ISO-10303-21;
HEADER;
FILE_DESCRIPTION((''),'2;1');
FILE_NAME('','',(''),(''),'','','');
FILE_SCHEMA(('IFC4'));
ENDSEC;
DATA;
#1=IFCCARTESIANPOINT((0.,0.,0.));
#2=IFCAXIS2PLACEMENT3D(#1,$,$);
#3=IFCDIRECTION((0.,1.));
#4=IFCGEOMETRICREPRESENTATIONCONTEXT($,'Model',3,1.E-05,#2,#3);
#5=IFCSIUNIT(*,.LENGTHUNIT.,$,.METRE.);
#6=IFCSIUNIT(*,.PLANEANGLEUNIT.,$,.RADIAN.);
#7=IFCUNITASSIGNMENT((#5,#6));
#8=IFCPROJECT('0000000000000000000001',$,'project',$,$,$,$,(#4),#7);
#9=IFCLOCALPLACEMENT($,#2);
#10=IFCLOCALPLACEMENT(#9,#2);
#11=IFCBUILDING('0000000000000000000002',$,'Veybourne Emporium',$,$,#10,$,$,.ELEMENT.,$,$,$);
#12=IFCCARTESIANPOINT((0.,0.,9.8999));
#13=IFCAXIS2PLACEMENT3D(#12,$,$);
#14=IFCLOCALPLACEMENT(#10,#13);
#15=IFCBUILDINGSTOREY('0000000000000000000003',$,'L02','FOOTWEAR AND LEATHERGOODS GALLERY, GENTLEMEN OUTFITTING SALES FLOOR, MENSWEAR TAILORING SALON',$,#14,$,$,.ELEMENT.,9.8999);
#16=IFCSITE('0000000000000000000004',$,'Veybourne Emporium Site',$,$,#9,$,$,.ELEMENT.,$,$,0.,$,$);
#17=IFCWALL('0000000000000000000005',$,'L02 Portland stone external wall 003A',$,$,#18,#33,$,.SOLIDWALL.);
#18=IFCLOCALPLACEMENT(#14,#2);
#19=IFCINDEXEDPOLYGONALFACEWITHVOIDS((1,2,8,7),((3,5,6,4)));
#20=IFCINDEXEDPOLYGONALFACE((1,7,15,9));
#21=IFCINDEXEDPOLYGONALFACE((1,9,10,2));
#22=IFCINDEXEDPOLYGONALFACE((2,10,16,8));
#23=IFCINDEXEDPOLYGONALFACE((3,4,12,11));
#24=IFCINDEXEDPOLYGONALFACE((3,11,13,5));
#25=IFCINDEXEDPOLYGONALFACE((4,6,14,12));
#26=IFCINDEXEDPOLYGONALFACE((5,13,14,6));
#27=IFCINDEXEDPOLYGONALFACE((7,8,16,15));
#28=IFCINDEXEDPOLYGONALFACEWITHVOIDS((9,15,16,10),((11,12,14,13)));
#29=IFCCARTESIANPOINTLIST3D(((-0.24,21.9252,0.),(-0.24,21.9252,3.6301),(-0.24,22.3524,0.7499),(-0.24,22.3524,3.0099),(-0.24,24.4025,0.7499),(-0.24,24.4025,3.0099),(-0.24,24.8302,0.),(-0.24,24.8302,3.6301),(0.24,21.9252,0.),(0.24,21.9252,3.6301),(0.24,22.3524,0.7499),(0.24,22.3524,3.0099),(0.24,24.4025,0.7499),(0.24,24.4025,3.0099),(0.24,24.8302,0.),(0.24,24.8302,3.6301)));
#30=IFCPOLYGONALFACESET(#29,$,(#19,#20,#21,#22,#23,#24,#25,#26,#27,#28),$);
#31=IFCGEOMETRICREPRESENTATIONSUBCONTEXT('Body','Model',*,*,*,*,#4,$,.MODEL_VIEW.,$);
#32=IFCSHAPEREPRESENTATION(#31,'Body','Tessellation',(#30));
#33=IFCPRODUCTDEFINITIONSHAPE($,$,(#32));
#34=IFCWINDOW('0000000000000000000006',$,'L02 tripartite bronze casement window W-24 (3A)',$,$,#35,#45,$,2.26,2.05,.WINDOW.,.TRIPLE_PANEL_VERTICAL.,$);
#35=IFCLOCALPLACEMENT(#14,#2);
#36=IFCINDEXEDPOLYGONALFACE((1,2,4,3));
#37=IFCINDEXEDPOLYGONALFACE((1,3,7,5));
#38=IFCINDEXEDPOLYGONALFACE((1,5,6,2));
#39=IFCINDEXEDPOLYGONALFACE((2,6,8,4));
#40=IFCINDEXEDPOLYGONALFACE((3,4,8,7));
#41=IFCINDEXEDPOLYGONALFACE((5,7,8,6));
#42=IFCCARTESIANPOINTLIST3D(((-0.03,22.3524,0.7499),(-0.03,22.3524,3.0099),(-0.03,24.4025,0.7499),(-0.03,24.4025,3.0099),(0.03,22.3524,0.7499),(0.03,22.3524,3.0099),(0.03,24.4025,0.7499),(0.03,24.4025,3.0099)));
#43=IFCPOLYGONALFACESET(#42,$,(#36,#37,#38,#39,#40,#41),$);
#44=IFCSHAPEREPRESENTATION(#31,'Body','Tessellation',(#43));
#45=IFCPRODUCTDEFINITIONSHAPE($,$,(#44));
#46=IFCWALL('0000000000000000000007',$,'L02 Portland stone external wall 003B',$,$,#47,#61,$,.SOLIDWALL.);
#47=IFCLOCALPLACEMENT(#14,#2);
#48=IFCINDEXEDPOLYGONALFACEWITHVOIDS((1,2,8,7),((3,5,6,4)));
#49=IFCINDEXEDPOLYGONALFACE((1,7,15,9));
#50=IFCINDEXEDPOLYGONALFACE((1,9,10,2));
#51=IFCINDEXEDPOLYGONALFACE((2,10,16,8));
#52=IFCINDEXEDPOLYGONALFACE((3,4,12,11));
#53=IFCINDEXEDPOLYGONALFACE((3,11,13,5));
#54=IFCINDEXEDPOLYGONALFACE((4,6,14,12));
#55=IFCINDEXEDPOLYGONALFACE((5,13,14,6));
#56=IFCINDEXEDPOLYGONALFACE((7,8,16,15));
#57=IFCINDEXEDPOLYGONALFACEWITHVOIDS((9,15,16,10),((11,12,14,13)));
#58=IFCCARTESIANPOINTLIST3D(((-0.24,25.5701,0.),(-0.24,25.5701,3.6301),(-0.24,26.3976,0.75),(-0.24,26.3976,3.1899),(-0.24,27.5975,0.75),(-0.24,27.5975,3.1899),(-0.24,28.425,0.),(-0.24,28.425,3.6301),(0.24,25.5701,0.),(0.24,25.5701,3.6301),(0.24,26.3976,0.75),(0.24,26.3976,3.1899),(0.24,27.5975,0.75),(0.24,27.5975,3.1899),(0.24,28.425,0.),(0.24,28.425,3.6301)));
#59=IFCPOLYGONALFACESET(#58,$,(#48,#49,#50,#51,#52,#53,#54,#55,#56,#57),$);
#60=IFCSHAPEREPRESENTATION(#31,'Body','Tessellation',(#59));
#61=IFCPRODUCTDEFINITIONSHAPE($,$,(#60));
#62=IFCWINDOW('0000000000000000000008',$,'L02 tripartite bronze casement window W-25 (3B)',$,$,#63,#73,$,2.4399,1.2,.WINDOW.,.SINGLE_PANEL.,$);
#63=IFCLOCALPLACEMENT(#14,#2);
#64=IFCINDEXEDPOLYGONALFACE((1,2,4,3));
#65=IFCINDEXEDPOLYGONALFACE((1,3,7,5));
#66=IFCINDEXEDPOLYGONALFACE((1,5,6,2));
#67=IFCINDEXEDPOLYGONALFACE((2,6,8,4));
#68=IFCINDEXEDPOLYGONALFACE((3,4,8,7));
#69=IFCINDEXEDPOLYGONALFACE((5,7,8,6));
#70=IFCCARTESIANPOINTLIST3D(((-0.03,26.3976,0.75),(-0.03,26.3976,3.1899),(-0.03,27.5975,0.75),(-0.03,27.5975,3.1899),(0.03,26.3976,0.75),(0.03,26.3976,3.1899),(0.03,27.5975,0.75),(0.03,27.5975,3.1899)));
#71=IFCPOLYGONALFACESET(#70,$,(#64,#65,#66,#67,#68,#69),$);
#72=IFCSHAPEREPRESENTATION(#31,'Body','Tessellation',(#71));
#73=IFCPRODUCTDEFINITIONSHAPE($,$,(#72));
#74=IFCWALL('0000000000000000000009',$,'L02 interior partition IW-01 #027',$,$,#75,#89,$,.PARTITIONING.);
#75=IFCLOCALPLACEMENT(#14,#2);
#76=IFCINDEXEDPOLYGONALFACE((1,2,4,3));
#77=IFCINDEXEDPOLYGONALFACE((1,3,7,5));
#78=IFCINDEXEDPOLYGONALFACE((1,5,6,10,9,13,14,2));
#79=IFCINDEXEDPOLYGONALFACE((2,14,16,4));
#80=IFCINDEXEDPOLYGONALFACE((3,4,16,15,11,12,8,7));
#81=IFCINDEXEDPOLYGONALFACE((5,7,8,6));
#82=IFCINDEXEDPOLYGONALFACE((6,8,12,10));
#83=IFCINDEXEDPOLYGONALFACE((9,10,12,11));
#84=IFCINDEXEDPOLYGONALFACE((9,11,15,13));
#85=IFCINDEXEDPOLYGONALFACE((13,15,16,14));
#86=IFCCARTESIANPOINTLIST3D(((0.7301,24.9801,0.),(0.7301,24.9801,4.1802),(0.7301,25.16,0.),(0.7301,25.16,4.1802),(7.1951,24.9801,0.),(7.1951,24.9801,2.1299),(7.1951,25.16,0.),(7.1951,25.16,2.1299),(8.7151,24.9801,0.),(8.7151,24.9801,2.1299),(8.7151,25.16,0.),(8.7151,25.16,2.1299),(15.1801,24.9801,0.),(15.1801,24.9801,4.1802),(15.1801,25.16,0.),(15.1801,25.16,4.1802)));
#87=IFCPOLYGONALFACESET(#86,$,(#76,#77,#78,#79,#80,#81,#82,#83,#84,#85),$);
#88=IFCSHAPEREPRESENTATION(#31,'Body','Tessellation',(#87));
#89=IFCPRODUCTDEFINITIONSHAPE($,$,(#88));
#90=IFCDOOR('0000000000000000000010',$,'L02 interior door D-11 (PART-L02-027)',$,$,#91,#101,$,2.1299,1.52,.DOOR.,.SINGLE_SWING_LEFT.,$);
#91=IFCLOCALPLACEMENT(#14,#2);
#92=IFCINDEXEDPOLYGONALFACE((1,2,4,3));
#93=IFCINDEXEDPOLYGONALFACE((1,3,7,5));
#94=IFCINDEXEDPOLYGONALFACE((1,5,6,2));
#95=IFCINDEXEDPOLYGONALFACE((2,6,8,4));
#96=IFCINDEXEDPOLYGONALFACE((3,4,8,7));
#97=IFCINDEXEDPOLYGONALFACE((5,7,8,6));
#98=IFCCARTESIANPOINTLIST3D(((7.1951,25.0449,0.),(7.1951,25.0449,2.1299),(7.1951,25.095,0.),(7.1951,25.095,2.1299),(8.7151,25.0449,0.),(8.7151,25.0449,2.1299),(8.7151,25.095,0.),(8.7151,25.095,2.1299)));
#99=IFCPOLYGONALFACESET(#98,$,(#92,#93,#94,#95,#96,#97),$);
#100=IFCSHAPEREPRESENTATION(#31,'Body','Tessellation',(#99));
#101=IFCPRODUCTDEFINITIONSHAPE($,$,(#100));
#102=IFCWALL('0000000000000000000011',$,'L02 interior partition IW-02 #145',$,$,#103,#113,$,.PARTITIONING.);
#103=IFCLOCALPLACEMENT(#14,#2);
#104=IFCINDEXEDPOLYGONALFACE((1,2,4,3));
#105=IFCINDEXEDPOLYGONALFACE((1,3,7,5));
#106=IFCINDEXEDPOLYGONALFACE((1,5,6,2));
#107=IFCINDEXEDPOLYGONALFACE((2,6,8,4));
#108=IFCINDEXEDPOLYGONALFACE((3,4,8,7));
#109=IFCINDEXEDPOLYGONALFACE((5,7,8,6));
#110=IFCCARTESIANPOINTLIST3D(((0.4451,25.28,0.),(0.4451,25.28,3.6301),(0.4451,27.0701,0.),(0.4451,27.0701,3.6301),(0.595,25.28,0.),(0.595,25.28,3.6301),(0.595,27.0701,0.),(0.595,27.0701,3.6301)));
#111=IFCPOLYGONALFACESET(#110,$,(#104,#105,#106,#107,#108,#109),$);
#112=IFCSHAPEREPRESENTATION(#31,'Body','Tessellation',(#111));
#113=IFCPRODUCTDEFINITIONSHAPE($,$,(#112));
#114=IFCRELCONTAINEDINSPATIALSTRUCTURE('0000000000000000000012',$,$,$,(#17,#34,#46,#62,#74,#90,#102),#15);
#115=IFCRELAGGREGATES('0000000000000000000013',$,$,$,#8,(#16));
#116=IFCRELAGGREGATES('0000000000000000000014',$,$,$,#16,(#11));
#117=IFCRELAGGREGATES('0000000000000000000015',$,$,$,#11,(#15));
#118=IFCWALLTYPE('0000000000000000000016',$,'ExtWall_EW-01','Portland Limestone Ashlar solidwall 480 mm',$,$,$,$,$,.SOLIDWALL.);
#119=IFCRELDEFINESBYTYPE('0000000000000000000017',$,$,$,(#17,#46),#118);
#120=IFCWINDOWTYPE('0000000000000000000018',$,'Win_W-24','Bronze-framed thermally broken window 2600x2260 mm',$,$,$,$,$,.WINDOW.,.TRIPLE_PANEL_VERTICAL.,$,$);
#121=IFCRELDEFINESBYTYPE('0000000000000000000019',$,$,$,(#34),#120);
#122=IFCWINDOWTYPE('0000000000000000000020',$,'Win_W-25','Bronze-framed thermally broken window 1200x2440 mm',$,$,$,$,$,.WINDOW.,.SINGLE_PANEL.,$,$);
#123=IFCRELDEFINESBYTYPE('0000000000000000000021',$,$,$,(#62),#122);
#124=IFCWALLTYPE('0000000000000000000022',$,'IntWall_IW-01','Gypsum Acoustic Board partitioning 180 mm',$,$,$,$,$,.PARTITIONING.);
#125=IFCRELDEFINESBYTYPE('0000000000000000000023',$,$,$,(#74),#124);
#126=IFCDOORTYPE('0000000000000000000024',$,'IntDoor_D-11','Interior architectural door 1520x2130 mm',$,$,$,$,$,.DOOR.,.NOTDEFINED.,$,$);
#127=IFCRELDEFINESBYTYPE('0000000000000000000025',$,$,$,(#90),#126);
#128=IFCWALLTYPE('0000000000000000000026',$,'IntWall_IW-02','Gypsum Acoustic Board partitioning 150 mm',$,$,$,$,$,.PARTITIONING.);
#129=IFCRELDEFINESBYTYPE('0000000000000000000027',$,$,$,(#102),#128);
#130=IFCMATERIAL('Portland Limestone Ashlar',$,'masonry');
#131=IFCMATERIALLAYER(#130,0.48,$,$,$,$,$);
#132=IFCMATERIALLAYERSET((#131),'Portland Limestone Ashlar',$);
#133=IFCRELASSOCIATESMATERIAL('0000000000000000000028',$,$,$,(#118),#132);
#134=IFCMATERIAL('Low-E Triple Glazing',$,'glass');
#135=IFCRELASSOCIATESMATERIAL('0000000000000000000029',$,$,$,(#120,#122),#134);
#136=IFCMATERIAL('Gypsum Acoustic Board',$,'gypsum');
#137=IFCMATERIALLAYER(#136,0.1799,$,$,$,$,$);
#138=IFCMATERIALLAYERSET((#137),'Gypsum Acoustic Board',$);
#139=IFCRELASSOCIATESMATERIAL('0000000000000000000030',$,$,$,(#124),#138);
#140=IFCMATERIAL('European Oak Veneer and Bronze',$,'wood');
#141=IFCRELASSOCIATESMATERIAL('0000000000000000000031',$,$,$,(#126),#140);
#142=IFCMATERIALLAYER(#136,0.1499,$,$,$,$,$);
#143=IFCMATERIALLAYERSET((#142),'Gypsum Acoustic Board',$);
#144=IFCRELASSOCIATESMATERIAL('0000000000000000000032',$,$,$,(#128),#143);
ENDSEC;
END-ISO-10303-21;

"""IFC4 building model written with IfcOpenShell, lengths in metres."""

from ifc_helpers import new_model, si_unit, direction, frame, frame_2d, origin, place, context, subcontext, project, spatial, rectangle, extrude, material, layer, layer_set, type_object, element, fill, save


model = new_model("IFC4")

# Units and contexts
model_context = context("Model", 3, precision=1e-05, world=origin(), true_north=direction((0.0, 1.0)))
body_context = subcontext(model_context, "Body", "Model", "MODEL_VIEW")
ifc_project = project(units=[si_unit("LENGTHUNIT", "METRE"), si_unit("PLANEANGLEUNIT", "RADIAN")], contexts=[model_context])

# Site, building, storey
site_placement = place(None, origin())
site = spatial("IfcSite", under=ifc_project, at=site_placement, Name="Veybourne Emporium Site", CompositionType="ELEMENT", RefElevation=0.0)
building_placement = place(site_placement, origin())
building = spatial("IfcBuilding", under=site, at=building_placement, Name="Veybourne Emporium", CompositionType="ELEMENT")
storey_placement = place(building_placement, frame((0.0, 0.0, 9.8999)))
storey = spatial("IfcBuildingStorey", under=building, at=storey_placement, Name="L02", Description="FOOTWEAR AND LEATHERGOODS GALLERY, GENTLEMEN OUTFITTING SALES FLOOR, MENSWEAR TAILORING SALON", CompositionType="ELEMENT", Elevation=9.8999)

# Walls, openings, windows
ifc_material_1 = material(Name="Portland Limestone Ashlar", Category="masonry")
ifc_layer_1 = layer(ifc_material_1, 0.48)
ifc_layer_set_1 = layer_set([ifc_layer_1], Name="Portland Limestone Ashlar")
wall_type_1 = type_object("IfcWallType", Name="ExtWall_EW-01", Description="Portland Limestone Ashlar solidwall 480 mm", PredefinedType="SOLIDWALL", material=ifc_layer_set_1)
ifc_material_2 = material(Name="Low-E Triple Glazing", Category="glass")
wall_1_placement = place(storey_placement, frame((0.0, 21.925, 0.0), z_axis=(0.0, 0.0, 1.0), x_axis=(0.0, 1.0, 0.0)))
wall_1 = element("IfcWall", 1, at=wall_1_placement, inside=storey, type_object=wall_type_1, Name="L02 Portland stone external wall 003A", PredefinedType="SOLIDWALL", context=body_context, shape_type="SweptSolid", body=[
    extrude(rectangle(XDim=2.905, YDim=0.48, at=frame_2d((1.4526, 0.0))), origin(), (0.0, 0.0, 1.0), 3.6301),
])
opening_1_placement = place(wall_1_placement, frame((0.4275, 0.0, 0.75)))
opening_1 = element("IfcOpeningElement", 2, at=opening_1_placement, cuts=wall_1, PredefinedType="OPENING", context=body_context, shape_type="SweptSolid", body=[
    extrude(rectangle(XDim=2.05, YDim=2.26, at=frame_2d((1.0249, 1.1299))), frame((0.0, 0.26, 0.0), z_axis=(0.0, -1.0, 0.0), x_axis=(1.0, 0.0, 0.0)), (0.0, 0.0, 1.0), 0.52),
])
window_type_1 = type_object("IfcWindowType", Name="Win_W-24", Description="Bronze-framed thermally broken window 2600x2260 mm", PartitioningType="TRIPLE_PANEL_VERTICAL", PredefinedType="WINDOW", material=ifc_material_2)
window_1_placement = place(opening_1_placement, origin())
window_1 = element("IfcWindow", 3, at=window_1_placement, inside=storey, type_object=window_type_1, Name="L02 tripartite bronze casement window W-24 (3A)", OverallHeight=2.26, OverallWidth=2.05, PartitioningType="TRIPLE_PANEL_VERTICAL", PredefinedType="WINDOW", context=body_context, shape_type="SweptSolid", body=[
    extrude(rectangle(XDim=2.05, YDim=2.26, at=frame_2d((1.0249, 1.1299))), frame((0.0, 0.03, 0.0), z_axis=(0.0, -1.0, 0.0), x_axis=(1.0, 0.0, 0.0)), (0.0, 0.0, 1.0), 0.0601),
])
fill(opening_1, window_1)
wall_2_placement = place(storey_placement, frame((0.0, 25.5701, 0.0), z_axis=(0.0, 0.0, 1.0), x_axis=(0.0, 1.0, 0.0)))
wall_2 = element("IfcWall", 4, at=wall_2_placement, inside=storey, type_object=wall_type_1, Name="L02 Portland stone external wall 003B", PredefinedType="SOLIDWALL", context=body_context, shape_type="SweptSolid", body=[
    extrude(rectangle(XDim=2.855, YDim=0.48, at=frame_2d((1.4275, 0.0))), origin(), (0.0, 0.0, 1.0), 3.6301),
])
opening_2_placement = place(wall_2_placement, frame((0.8274, 0.0, 0.75)))
opening_2 = element("IfcOpeningElement", 5, at=opening_2_placement, cuts=wall_2, PredefinedType="OPENING", context=body_context, shape_type="SweptSolid", body=[
    extrude(rectangle(XDim=1.2, YDim=2.4399, at=frame_2d((0.6001, 1.22))), frame((0.0, 0.26, 0.0), z_axis=(0.0, -1.0, 0.0), x_axis=(1.0, 0.0, 0.0)), (0.0, 0.0, 1.0), 0.52),
])
window_type_2 = type_object("IfcWindowType", Name="Win_W-25", Description="Bronze-framed thermally broken window 1200x2440 mm", PartitioningType="SINGLE_PANEL", PredefinedType="WINDOW", material=ifc_material_2)
window_2_placement = place(opening_2_placement, origin())
window_2 = element("IfcWindow", 6, at=window_2_placement, inside=storey, type_object=window_type_2, Name="L02 tripartite bronze casement window W-25 (3B)", OverallHeight=2.4399, OverallWidth=1.2, PartitioningType="SINGLE_PANEL", PredefinedType="WINDOW", context=body_context, shape_type="SweptSolid", body=[
    extrude(rectangle(XDim=1.2, YDim=2.4399, at=frame_2d((0.6001, 1.22))), frame((0.0, 0.03, 0.0), z_axis=(0.0, -1.0, 0.0), x_axis=(1.0, 0.0, 0.0)), (0.0, 0.0, 1.0), 0.0601),
])
fill(opening_2, window_2)

# Wall, opening, door
ifc_material_3 = material(Name="Gypsum Acoustic Board", Category="gypsum")
ifc_layer_2 = layer(ifc_material_3, 0.1799)
ifc_layer_set_2 = layer_set([ifc_layer_2], Name="Gypsum Acoustic Board")
wall_type_2 = type_object("IfcWallType", Name="IntWall_IW-01", Description="Gypsum Acoustic Board partitioning 180 mm", PredefinedType="PARTITIONING", material=ifc_layer_set_2)
wall_3_placement = place(storey_placement, frame((0.73, 25.0701, 0.0), z_axis=(0.0, 0.0, 1.0), x_axis=(1.0, 0.0, 0.0)))
wall_3 = element("IfcWall", 7, at=wall_3_placement, inside=storey, type_object=wall_type_2, Name="L02 interior partition IW-01 #027", PredefinedType="PARTITIONING", context=body_context, shape_type="SweptSolid", body=[
    extrude(rectangle(XDim=14.45, YDim=0.1799, at=frame_2d((7.2251, 0.0))), origin(), (0.0, 0.0, 1.0), 4.1802),
])
opening_3_placement = place(wall_3_placement, frame((6.4651, 0.0, 0.0)))
opening_3 = element("IfcOpeningElement", 8, at=opening_3_placement, cuts=wall_3, PredefinedType="OPENING", context=body_context, shape_type="SweptSolid", body=[
    extrude(rectangle(XDim=1.52, YDim=2.1299, at=frame_2d((0.76, 1.0649))), frame((0.0, 0.1099, 0.0), z_axis=(0.0, -1.0, 0.0), x_axis=(1.0, 0.0, 0.0)), (0.0, 0.0, 1.0), 0.22),
])
ifc_material_4 = material(Name="European Oak Veneer and Bronze", Category="wood")
door_type = type_object("IfcDoorType", Name="IntDoor_D-11", Description="Interior architectural door 1520x2130 mm", OperationType="NOTDEFINED", PredefinedType="DOOR", material=ifc_material_4)
door_placement = place(opening_3_placement, origin())
door = element("IfcDoor", 9, at=door_placement, inside=storey, type_object=door_type, Name="L02 interior door D-11 (PART-L02-027)", OperationType="SINGLE_SWING_LEFT", OverallHeight=2.1299, OverallWidth=1.52, PredefinedType="DOOR", context=body_context, shape_type="SweptSolid", body=[
    extrude(rectangle(XDim=1.52, YDim=2.1299, at=frame_2d((0.76, 1.0649))), frame((0.0, 0.0249, 0.0), z_axis=(0.0, -1.0, 0.0), x_axis=(1.0, 0.0, 0.0)), (0.0, 0.0, 1.0), 0.05),
])
fill(opening_3, door)

# Wall
ifc_layer_3 = layer(ifc_material_3, 0.1499)
ifc_layer_set_3 = layer_set([ifc_layer_3], Name="Gypsum Acoustic Board")
wall_type_3 = type_object("IfcWallType", Name="IntWall_IW-02", Description="Gypsum Acoustic Board partitioning 150 mm", PredefinedType="PARTITIONING", material=ifc_layer_set_3)
wall_4_placement = place(storey_placement, frame((0.52, 25.28, 0.0), z_axis=(0.0, 0.0, 1.0), x_axis=(0.0, 1.0, 0.0)))
element("IfcWall", 10, at=wall_4_placement, inside=storey, type_object=wall_type_3, Name="L02 interior partition IW-02 #145", PredefinedType="PARTITIONING", context=body_context, shape_type="SweptSolid", body=[
    extrude(rectangle(XDim=1.79, YDim=0.1499, at=frame_2d((0.895, 0.0))), origin(), (0.0, 0.0, 1.0), 3.6301),
])

save(model, "model.ifc")
